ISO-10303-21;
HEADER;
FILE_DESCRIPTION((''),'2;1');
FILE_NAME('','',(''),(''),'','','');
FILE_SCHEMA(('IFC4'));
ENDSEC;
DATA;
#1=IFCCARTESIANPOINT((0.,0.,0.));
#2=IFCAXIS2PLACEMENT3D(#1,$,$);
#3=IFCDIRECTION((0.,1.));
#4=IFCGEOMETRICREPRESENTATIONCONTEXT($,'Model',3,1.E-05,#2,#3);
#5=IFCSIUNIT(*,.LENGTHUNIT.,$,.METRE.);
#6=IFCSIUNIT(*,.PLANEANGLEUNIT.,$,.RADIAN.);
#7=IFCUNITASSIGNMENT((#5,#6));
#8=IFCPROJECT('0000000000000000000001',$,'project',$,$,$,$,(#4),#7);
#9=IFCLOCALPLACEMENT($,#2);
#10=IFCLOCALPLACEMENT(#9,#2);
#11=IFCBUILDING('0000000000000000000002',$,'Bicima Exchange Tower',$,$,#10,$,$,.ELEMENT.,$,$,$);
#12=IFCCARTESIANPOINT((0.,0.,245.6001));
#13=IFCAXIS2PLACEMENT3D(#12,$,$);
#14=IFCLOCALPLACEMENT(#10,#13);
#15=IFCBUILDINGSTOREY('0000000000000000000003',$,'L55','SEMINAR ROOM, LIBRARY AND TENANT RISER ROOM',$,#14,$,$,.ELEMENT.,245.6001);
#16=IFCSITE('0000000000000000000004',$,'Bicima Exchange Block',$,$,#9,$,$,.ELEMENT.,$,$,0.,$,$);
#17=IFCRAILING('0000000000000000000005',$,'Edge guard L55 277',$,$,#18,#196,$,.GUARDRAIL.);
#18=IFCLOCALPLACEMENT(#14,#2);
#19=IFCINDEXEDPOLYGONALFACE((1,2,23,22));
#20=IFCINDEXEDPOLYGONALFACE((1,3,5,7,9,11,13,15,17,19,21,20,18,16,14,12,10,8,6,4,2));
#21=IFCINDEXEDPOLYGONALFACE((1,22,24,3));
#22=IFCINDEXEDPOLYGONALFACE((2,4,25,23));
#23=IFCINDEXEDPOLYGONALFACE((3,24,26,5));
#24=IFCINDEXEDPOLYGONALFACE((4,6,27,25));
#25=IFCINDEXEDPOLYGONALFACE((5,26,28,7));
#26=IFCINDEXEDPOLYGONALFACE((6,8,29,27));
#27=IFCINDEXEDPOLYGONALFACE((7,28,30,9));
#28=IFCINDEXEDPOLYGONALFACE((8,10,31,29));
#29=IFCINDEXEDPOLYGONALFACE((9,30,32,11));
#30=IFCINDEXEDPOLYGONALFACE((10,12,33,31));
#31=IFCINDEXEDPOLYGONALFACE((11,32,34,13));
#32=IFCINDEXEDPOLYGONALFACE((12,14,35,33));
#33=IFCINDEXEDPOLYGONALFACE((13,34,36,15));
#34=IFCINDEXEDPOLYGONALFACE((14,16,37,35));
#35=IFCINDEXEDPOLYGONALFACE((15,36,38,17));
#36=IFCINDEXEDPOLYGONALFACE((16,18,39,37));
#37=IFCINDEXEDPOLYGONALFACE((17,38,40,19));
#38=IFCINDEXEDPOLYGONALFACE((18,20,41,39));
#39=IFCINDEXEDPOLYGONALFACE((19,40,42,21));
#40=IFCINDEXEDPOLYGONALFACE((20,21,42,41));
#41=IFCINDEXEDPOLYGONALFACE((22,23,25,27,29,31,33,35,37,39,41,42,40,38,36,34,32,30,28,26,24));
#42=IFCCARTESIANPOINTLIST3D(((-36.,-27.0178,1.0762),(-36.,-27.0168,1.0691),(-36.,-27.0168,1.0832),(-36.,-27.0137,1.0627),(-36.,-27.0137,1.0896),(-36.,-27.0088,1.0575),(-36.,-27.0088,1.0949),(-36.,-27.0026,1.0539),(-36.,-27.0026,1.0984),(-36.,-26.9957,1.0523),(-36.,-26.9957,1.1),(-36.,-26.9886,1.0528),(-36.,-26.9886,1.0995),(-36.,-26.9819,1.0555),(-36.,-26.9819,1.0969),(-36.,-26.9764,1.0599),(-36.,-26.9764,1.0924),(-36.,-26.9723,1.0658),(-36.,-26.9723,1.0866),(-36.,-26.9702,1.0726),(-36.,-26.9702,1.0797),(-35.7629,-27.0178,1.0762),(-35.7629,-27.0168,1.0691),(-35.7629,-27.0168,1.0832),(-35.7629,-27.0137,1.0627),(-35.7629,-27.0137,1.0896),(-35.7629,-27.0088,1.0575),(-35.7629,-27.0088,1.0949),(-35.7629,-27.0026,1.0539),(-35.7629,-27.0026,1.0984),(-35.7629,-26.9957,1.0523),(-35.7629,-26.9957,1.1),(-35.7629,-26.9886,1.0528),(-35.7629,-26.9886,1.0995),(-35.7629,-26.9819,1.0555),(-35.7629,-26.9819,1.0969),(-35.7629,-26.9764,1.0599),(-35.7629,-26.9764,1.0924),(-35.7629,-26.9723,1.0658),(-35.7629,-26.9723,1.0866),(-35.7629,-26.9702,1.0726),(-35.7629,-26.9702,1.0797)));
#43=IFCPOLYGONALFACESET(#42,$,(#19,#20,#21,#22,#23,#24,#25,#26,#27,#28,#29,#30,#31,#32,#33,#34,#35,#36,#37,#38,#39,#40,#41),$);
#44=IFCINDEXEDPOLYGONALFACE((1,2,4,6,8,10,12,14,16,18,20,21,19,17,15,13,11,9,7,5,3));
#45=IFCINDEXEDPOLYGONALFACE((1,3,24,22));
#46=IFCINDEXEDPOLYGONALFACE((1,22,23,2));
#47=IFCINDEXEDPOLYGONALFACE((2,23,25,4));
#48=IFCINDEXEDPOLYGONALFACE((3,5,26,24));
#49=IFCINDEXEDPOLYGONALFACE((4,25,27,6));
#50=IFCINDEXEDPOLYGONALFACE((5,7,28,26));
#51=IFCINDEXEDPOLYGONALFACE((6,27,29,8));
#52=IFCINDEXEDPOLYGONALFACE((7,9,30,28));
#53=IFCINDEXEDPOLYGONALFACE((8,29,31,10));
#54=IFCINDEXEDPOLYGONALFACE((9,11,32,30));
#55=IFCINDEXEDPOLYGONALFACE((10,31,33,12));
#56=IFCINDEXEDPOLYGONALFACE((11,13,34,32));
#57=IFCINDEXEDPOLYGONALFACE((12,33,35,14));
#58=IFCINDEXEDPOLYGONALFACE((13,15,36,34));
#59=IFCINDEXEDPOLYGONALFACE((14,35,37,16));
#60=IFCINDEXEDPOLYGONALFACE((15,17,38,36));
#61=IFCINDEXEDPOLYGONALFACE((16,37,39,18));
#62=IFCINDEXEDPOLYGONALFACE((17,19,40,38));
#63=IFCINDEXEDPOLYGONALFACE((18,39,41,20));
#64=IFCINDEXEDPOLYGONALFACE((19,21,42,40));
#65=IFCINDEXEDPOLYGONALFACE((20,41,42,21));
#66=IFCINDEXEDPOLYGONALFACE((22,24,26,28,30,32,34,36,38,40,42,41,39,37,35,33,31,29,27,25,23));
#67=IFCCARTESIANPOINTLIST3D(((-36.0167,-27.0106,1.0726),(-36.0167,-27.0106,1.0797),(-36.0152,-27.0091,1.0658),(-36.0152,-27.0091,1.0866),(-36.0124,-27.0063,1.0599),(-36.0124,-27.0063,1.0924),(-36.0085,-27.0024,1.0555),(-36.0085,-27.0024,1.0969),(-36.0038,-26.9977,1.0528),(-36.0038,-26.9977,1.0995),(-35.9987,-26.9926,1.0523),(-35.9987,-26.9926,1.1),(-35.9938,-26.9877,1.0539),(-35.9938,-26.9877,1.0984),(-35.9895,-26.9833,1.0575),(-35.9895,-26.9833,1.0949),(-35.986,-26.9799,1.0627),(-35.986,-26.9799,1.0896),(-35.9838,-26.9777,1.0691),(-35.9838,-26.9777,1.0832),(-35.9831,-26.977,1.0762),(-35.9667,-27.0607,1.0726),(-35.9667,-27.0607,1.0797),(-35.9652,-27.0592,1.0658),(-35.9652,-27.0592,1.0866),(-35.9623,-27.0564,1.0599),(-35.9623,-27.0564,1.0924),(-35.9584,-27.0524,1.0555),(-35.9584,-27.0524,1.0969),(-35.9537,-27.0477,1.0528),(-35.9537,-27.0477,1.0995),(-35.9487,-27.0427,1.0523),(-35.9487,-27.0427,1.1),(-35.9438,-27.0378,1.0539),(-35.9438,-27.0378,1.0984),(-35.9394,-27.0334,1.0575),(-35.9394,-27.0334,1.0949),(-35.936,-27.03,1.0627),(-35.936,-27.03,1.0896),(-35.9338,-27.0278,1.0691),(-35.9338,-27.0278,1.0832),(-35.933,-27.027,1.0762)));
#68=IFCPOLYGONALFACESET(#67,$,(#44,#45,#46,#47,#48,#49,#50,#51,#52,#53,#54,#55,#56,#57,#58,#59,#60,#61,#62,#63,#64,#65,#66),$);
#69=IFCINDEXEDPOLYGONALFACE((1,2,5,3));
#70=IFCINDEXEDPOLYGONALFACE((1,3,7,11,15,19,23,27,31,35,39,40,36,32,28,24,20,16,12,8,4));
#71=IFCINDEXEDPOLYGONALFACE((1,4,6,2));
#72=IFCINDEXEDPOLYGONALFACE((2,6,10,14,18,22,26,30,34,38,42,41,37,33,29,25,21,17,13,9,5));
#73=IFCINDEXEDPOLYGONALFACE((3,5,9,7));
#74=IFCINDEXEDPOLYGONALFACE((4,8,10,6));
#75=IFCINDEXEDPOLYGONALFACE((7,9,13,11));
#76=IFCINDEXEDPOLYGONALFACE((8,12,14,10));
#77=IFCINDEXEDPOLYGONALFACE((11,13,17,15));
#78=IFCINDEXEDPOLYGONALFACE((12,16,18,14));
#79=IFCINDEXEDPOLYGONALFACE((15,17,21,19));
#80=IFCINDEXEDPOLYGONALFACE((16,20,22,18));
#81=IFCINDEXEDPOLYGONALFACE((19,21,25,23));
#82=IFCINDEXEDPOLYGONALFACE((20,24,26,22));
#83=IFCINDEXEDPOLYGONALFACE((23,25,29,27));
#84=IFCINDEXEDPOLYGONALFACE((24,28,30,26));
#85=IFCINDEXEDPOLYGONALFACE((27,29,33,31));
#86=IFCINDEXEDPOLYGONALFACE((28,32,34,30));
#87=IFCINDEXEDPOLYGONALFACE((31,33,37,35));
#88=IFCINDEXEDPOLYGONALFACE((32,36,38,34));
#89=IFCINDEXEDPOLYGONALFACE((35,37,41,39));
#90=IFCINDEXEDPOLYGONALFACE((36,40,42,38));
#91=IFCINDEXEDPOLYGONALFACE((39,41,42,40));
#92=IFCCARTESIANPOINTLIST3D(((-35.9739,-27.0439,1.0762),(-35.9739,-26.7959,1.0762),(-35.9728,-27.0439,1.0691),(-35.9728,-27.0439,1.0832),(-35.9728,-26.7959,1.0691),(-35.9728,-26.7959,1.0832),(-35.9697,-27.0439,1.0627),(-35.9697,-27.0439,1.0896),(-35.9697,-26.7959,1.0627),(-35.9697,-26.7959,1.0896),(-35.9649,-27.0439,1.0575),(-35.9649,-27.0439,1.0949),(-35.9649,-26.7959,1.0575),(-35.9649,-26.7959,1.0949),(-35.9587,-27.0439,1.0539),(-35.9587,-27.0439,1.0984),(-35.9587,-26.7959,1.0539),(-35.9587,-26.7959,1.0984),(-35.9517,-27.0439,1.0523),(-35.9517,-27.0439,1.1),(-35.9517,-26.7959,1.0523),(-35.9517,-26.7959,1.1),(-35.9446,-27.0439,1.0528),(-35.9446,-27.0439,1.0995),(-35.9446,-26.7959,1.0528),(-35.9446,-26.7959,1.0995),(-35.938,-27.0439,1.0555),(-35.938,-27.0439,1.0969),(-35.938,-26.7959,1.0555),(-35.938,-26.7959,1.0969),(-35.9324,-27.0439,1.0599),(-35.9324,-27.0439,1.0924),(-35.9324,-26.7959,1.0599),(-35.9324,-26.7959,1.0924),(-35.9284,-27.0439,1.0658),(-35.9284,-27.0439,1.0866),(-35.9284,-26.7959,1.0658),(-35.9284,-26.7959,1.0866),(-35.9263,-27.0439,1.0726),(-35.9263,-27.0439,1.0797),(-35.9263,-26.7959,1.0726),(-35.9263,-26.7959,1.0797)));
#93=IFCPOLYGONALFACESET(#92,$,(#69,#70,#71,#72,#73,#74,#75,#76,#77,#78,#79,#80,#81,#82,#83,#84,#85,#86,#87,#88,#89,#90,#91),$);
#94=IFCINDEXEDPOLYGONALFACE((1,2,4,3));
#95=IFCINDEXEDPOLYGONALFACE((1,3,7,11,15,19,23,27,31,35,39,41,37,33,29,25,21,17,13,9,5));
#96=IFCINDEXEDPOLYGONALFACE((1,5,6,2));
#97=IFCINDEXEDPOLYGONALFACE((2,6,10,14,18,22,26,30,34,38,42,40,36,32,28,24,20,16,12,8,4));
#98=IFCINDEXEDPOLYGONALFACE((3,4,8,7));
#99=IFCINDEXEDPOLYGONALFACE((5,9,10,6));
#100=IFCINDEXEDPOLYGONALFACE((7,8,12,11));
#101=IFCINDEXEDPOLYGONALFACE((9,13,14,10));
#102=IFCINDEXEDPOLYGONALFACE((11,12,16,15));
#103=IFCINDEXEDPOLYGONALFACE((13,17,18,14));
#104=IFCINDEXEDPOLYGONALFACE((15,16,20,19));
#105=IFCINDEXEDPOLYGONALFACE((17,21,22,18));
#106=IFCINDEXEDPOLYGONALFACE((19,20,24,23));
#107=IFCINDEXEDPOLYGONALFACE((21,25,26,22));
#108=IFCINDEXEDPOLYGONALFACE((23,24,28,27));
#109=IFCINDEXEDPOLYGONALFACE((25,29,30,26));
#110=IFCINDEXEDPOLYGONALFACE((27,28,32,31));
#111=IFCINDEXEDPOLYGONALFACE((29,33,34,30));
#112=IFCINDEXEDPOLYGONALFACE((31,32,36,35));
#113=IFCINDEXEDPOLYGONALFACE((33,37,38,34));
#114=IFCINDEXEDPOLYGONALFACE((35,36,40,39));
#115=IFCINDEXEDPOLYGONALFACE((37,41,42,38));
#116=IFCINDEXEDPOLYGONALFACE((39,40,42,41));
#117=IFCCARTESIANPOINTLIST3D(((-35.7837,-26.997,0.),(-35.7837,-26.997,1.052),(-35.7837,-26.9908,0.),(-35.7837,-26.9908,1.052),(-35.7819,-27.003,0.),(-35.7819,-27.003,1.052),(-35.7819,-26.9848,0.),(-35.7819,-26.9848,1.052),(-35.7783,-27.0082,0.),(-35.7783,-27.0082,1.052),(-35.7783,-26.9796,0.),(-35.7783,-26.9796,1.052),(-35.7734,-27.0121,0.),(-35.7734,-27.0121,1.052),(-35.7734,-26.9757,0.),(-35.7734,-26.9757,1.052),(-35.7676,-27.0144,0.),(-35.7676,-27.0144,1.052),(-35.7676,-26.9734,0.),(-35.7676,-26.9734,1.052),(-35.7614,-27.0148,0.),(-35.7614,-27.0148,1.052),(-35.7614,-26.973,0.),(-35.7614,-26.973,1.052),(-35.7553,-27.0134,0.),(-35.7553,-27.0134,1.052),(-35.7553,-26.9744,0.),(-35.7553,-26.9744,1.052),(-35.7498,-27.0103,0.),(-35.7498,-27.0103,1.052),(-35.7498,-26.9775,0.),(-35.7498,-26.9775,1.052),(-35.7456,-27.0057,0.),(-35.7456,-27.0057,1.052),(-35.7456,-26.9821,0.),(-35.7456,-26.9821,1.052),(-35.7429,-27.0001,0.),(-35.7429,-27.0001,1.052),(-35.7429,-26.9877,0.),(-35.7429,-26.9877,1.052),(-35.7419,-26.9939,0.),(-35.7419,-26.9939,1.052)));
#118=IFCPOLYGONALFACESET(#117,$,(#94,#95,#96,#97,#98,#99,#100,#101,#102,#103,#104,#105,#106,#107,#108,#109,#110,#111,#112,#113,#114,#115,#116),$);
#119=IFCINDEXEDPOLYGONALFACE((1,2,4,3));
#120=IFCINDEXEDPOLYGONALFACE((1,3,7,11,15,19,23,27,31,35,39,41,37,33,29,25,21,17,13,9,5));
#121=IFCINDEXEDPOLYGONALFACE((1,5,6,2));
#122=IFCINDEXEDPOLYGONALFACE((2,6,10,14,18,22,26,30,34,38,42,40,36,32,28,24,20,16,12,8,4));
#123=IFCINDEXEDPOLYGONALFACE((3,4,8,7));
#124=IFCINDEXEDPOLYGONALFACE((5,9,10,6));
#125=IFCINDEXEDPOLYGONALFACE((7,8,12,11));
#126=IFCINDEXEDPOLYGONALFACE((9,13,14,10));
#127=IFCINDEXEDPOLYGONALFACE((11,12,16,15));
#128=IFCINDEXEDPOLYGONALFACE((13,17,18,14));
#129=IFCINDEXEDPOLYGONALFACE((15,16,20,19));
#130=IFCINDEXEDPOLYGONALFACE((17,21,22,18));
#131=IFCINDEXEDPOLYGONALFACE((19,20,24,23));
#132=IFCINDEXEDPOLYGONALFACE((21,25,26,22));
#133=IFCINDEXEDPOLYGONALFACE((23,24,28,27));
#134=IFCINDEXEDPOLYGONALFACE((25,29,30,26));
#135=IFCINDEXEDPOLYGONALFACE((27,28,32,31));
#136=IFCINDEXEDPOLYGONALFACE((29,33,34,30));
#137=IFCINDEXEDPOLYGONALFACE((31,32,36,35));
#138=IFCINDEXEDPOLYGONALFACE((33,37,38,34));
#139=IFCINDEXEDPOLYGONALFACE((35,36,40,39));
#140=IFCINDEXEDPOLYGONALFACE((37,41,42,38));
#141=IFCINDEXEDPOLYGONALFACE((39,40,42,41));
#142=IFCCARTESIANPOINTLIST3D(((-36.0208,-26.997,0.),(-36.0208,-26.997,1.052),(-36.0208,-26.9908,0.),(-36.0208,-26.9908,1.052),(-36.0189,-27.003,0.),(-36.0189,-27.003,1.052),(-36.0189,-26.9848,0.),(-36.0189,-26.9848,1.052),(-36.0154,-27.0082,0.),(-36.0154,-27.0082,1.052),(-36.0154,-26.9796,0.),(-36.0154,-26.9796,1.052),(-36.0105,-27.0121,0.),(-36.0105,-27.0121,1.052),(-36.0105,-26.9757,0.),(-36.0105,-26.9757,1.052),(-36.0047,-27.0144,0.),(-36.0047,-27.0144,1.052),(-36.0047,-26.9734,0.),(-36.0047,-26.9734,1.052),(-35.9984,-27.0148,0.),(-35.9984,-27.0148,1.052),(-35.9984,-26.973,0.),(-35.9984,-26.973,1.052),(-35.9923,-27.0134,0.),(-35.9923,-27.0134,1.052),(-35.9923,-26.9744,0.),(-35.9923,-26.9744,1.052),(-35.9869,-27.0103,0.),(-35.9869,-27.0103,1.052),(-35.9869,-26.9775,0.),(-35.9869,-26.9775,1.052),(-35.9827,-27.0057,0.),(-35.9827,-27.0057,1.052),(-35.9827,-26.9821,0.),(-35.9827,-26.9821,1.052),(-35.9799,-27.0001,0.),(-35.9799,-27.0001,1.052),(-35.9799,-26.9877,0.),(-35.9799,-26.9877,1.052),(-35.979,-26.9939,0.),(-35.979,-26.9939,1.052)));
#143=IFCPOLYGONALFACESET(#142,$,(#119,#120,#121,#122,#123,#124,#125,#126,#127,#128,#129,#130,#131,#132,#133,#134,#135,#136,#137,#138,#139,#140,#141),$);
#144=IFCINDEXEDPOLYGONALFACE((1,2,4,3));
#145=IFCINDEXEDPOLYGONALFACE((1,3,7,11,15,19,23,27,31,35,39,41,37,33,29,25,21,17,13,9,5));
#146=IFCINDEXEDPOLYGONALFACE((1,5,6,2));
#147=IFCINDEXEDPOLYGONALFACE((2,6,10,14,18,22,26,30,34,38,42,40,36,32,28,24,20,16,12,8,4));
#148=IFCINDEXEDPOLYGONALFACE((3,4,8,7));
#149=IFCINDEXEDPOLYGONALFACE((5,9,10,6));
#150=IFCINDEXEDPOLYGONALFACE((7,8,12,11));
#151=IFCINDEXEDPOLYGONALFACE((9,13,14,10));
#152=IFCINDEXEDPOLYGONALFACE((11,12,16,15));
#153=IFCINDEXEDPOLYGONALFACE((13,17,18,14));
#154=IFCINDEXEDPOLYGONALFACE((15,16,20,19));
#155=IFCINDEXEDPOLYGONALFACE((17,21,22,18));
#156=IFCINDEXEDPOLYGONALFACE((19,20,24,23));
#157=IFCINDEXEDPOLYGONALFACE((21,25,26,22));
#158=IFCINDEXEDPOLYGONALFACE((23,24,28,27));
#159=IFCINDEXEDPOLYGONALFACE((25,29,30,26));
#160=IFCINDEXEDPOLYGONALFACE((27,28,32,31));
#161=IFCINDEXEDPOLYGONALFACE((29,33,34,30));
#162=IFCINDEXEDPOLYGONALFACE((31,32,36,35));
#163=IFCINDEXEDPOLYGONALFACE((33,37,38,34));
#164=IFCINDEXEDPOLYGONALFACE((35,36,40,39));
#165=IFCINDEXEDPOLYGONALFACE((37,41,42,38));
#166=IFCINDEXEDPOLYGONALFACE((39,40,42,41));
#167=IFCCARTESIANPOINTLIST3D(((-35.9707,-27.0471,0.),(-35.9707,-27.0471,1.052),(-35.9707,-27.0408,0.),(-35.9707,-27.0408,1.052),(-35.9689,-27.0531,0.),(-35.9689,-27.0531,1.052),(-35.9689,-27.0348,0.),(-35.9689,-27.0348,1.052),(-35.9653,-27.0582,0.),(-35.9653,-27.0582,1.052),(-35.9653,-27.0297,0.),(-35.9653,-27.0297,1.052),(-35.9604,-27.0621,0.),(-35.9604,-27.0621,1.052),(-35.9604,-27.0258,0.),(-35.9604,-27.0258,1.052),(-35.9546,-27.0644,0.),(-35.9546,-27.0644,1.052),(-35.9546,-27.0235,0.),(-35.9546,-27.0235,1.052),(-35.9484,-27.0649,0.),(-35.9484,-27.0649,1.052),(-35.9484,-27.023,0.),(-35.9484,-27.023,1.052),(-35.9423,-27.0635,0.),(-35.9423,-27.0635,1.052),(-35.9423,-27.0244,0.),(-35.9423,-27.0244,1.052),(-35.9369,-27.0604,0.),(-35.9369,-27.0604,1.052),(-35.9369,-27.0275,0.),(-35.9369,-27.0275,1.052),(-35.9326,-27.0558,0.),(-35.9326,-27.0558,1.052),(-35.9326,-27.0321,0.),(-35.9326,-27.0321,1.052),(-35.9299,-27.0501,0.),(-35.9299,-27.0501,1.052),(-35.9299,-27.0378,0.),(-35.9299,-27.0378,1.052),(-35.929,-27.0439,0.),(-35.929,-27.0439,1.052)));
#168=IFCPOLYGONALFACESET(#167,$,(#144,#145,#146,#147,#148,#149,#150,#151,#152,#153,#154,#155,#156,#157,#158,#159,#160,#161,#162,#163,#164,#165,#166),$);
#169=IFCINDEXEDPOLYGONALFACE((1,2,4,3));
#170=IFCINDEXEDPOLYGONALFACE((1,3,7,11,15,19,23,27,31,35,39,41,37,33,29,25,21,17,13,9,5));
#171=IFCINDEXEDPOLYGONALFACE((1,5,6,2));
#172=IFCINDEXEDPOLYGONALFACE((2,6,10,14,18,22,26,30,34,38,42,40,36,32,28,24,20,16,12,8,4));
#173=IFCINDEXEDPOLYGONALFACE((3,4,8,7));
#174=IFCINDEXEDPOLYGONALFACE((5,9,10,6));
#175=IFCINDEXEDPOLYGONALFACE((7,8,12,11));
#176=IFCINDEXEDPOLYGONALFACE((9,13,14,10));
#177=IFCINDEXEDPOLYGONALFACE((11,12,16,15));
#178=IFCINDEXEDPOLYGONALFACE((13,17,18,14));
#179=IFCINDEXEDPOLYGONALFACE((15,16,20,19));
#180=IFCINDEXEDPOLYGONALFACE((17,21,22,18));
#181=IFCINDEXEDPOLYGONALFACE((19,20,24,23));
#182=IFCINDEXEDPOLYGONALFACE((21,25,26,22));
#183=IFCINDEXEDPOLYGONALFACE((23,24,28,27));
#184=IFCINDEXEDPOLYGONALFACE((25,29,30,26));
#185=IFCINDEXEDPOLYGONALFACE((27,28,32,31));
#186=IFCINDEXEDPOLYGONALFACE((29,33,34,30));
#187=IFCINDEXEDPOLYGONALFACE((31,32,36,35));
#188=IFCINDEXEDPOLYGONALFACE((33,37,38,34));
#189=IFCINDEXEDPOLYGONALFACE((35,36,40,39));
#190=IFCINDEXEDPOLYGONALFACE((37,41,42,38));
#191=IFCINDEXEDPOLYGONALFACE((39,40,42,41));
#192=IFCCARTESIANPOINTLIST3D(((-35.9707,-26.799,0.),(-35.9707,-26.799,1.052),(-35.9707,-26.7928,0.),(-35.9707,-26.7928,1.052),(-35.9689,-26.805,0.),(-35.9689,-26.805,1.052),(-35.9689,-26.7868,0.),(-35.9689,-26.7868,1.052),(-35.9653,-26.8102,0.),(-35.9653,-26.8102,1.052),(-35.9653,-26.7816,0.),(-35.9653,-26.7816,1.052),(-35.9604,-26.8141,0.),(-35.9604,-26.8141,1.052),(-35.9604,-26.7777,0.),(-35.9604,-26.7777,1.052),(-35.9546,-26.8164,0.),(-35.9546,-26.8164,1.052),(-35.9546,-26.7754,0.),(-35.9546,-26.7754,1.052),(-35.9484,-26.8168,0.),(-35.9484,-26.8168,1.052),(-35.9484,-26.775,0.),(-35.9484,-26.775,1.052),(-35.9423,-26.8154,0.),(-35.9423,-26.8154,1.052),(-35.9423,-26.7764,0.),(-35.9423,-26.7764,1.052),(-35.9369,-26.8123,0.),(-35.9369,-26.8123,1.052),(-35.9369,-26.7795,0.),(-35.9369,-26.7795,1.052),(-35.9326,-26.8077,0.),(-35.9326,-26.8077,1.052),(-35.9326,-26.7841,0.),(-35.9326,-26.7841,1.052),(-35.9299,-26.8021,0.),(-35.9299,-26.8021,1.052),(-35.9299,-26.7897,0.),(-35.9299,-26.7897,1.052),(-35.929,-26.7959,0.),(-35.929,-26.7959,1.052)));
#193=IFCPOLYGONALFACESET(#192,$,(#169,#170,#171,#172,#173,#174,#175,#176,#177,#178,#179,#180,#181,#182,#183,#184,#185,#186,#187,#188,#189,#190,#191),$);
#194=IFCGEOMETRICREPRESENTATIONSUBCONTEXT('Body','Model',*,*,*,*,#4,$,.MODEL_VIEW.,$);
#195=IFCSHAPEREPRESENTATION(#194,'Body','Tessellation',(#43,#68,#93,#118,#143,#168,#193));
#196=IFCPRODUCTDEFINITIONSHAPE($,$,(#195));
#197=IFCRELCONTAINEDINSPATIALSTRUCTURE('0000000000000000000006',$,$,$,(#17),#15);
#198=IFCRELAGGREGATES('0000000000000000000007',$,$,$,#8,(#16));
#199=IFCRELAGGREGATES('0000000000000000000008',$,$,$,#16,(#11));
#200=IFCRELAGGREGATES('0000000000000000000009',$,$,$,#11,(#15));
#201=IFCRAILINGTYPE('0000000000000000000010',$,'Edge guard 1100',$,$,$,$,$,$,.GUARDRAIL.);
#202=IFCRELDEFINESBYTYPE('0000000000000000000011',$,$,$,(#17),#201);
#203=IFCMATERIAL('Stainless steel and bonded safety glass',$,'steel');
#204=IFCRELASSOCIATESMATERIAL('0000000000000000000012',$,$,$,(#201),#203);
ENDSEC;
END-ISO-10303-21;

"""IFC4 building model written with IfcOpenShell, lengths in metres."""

from ifc_helpers import new_model, si_unit, direction, frame, origin, origin_2d, place, context, subcontext, project, spatial, circle, extrude, material, type_object, element, save


model = new_model("IFC4")

# Units and contexts
model_context = context("Model", 3, precision=1e-05, world=origin(), true_north=direction((0.0, 1.0)))
body_context = subcontext(model_context, "Body", "Model", "MODEL_VIEW")
ifc_project = project(units=[si_unit("LENGTHUNIT", "METRE"), si_unit("PLANEANGLEUNIT", "RADIAN")], contexts=[model_context])

# Site, building, storey
site_placement = place(None, origin())
site = spatial("IfcSite", under=ifc_project, at=site_placement, Name="Bicima Exchange Block", CompositionType="ELEMENT", RefElevation=0.0)
building_placement = place(site_placement, origin())
building = spatial("IfcBuilding", under=site, at=building_placement, Name="Bicima Exchange Tower", CompositionType="ELEMENT")
storey_placement = place(building_placement, frame((0.0, 0.0, 245.6001)))
storey = spatial("IfcBuildingStorey", under=building, at=storey_placement, Name="L55", Description="SEMINAR ROOM, LIBRARY AND TENANT RISER ROOM", CompositionType="ELEMENT", Elevation=245.6001)

# Railing
ifc_material_1 = material(Name="Stainless steel and bonded safety glass", Category="steel")
railing_type = type_object("IfcRailingType", Name="Edge guard 1100", PredefinedType="GUARDRAIL", material=ifc_material_1)
railing_1_placement = place(storey_placement, frame((-35.7629, -26.9939, 0.0)))
element("IfcRailing", 1, at=railing_1_placement, inside=storey, type_object=railing_type, Name="Edge guard L55 277", PredefinedType="GUARDRAIL", context=body_context, shape_type="SweptSolid", body=[
    extrude(circle(Radius=0.0239, at=origin_2d()), frame((0.0, 0.0, 1.0762), z_axis=(-1.0, 0.0, 0.0), x_axis=(0.0, -1.0, 0.0)), (0.0, 0.0, 1.0), 0.2371),
    extrude(circle(Radius=0.0239, at=origin_2d()), frame((-0.2371, 0.0, 1.0762), z_axis=(0.707107, -0.707107, 0.0), x_axis=(0.707107, 0.707107, 0.0)), (0.0, 0.0, 1.0), 0.0708),
    extrude(circle(Radius=0.0239, at=origin_2d()), frame((-0.187, -0.05, 1.0762), z_axis=(0.0, 1.0, 0.0), x_axis=(-1.0, 0.0, 0.0)), (0.0, 0.0, 1.0), 0.248),
    extrude(circle(Radius=0.021, at=origin_2d()), origin(), (0.0, 0.0, 1.0), 1.052),
    extrude(circle(Radius=0.021, at=origin_2d()), frame((-0.2371, 0.0, 0.0)), (0.0, 0.0, 1.0), 1.052),
    extrude(circle(Radius=0.021, at=origin_2d()), frame((-0.187, -0.05, 0.0)), (0.0, 0.0, 1.0), 1.052),
    extrude(circle(Radius=0.021, at=origin_2d()), frame((-0.187, 0.198, 0.0)), (0.0, 0.0, 1.0), 1.052),
])

save(model, "model.ifc")
